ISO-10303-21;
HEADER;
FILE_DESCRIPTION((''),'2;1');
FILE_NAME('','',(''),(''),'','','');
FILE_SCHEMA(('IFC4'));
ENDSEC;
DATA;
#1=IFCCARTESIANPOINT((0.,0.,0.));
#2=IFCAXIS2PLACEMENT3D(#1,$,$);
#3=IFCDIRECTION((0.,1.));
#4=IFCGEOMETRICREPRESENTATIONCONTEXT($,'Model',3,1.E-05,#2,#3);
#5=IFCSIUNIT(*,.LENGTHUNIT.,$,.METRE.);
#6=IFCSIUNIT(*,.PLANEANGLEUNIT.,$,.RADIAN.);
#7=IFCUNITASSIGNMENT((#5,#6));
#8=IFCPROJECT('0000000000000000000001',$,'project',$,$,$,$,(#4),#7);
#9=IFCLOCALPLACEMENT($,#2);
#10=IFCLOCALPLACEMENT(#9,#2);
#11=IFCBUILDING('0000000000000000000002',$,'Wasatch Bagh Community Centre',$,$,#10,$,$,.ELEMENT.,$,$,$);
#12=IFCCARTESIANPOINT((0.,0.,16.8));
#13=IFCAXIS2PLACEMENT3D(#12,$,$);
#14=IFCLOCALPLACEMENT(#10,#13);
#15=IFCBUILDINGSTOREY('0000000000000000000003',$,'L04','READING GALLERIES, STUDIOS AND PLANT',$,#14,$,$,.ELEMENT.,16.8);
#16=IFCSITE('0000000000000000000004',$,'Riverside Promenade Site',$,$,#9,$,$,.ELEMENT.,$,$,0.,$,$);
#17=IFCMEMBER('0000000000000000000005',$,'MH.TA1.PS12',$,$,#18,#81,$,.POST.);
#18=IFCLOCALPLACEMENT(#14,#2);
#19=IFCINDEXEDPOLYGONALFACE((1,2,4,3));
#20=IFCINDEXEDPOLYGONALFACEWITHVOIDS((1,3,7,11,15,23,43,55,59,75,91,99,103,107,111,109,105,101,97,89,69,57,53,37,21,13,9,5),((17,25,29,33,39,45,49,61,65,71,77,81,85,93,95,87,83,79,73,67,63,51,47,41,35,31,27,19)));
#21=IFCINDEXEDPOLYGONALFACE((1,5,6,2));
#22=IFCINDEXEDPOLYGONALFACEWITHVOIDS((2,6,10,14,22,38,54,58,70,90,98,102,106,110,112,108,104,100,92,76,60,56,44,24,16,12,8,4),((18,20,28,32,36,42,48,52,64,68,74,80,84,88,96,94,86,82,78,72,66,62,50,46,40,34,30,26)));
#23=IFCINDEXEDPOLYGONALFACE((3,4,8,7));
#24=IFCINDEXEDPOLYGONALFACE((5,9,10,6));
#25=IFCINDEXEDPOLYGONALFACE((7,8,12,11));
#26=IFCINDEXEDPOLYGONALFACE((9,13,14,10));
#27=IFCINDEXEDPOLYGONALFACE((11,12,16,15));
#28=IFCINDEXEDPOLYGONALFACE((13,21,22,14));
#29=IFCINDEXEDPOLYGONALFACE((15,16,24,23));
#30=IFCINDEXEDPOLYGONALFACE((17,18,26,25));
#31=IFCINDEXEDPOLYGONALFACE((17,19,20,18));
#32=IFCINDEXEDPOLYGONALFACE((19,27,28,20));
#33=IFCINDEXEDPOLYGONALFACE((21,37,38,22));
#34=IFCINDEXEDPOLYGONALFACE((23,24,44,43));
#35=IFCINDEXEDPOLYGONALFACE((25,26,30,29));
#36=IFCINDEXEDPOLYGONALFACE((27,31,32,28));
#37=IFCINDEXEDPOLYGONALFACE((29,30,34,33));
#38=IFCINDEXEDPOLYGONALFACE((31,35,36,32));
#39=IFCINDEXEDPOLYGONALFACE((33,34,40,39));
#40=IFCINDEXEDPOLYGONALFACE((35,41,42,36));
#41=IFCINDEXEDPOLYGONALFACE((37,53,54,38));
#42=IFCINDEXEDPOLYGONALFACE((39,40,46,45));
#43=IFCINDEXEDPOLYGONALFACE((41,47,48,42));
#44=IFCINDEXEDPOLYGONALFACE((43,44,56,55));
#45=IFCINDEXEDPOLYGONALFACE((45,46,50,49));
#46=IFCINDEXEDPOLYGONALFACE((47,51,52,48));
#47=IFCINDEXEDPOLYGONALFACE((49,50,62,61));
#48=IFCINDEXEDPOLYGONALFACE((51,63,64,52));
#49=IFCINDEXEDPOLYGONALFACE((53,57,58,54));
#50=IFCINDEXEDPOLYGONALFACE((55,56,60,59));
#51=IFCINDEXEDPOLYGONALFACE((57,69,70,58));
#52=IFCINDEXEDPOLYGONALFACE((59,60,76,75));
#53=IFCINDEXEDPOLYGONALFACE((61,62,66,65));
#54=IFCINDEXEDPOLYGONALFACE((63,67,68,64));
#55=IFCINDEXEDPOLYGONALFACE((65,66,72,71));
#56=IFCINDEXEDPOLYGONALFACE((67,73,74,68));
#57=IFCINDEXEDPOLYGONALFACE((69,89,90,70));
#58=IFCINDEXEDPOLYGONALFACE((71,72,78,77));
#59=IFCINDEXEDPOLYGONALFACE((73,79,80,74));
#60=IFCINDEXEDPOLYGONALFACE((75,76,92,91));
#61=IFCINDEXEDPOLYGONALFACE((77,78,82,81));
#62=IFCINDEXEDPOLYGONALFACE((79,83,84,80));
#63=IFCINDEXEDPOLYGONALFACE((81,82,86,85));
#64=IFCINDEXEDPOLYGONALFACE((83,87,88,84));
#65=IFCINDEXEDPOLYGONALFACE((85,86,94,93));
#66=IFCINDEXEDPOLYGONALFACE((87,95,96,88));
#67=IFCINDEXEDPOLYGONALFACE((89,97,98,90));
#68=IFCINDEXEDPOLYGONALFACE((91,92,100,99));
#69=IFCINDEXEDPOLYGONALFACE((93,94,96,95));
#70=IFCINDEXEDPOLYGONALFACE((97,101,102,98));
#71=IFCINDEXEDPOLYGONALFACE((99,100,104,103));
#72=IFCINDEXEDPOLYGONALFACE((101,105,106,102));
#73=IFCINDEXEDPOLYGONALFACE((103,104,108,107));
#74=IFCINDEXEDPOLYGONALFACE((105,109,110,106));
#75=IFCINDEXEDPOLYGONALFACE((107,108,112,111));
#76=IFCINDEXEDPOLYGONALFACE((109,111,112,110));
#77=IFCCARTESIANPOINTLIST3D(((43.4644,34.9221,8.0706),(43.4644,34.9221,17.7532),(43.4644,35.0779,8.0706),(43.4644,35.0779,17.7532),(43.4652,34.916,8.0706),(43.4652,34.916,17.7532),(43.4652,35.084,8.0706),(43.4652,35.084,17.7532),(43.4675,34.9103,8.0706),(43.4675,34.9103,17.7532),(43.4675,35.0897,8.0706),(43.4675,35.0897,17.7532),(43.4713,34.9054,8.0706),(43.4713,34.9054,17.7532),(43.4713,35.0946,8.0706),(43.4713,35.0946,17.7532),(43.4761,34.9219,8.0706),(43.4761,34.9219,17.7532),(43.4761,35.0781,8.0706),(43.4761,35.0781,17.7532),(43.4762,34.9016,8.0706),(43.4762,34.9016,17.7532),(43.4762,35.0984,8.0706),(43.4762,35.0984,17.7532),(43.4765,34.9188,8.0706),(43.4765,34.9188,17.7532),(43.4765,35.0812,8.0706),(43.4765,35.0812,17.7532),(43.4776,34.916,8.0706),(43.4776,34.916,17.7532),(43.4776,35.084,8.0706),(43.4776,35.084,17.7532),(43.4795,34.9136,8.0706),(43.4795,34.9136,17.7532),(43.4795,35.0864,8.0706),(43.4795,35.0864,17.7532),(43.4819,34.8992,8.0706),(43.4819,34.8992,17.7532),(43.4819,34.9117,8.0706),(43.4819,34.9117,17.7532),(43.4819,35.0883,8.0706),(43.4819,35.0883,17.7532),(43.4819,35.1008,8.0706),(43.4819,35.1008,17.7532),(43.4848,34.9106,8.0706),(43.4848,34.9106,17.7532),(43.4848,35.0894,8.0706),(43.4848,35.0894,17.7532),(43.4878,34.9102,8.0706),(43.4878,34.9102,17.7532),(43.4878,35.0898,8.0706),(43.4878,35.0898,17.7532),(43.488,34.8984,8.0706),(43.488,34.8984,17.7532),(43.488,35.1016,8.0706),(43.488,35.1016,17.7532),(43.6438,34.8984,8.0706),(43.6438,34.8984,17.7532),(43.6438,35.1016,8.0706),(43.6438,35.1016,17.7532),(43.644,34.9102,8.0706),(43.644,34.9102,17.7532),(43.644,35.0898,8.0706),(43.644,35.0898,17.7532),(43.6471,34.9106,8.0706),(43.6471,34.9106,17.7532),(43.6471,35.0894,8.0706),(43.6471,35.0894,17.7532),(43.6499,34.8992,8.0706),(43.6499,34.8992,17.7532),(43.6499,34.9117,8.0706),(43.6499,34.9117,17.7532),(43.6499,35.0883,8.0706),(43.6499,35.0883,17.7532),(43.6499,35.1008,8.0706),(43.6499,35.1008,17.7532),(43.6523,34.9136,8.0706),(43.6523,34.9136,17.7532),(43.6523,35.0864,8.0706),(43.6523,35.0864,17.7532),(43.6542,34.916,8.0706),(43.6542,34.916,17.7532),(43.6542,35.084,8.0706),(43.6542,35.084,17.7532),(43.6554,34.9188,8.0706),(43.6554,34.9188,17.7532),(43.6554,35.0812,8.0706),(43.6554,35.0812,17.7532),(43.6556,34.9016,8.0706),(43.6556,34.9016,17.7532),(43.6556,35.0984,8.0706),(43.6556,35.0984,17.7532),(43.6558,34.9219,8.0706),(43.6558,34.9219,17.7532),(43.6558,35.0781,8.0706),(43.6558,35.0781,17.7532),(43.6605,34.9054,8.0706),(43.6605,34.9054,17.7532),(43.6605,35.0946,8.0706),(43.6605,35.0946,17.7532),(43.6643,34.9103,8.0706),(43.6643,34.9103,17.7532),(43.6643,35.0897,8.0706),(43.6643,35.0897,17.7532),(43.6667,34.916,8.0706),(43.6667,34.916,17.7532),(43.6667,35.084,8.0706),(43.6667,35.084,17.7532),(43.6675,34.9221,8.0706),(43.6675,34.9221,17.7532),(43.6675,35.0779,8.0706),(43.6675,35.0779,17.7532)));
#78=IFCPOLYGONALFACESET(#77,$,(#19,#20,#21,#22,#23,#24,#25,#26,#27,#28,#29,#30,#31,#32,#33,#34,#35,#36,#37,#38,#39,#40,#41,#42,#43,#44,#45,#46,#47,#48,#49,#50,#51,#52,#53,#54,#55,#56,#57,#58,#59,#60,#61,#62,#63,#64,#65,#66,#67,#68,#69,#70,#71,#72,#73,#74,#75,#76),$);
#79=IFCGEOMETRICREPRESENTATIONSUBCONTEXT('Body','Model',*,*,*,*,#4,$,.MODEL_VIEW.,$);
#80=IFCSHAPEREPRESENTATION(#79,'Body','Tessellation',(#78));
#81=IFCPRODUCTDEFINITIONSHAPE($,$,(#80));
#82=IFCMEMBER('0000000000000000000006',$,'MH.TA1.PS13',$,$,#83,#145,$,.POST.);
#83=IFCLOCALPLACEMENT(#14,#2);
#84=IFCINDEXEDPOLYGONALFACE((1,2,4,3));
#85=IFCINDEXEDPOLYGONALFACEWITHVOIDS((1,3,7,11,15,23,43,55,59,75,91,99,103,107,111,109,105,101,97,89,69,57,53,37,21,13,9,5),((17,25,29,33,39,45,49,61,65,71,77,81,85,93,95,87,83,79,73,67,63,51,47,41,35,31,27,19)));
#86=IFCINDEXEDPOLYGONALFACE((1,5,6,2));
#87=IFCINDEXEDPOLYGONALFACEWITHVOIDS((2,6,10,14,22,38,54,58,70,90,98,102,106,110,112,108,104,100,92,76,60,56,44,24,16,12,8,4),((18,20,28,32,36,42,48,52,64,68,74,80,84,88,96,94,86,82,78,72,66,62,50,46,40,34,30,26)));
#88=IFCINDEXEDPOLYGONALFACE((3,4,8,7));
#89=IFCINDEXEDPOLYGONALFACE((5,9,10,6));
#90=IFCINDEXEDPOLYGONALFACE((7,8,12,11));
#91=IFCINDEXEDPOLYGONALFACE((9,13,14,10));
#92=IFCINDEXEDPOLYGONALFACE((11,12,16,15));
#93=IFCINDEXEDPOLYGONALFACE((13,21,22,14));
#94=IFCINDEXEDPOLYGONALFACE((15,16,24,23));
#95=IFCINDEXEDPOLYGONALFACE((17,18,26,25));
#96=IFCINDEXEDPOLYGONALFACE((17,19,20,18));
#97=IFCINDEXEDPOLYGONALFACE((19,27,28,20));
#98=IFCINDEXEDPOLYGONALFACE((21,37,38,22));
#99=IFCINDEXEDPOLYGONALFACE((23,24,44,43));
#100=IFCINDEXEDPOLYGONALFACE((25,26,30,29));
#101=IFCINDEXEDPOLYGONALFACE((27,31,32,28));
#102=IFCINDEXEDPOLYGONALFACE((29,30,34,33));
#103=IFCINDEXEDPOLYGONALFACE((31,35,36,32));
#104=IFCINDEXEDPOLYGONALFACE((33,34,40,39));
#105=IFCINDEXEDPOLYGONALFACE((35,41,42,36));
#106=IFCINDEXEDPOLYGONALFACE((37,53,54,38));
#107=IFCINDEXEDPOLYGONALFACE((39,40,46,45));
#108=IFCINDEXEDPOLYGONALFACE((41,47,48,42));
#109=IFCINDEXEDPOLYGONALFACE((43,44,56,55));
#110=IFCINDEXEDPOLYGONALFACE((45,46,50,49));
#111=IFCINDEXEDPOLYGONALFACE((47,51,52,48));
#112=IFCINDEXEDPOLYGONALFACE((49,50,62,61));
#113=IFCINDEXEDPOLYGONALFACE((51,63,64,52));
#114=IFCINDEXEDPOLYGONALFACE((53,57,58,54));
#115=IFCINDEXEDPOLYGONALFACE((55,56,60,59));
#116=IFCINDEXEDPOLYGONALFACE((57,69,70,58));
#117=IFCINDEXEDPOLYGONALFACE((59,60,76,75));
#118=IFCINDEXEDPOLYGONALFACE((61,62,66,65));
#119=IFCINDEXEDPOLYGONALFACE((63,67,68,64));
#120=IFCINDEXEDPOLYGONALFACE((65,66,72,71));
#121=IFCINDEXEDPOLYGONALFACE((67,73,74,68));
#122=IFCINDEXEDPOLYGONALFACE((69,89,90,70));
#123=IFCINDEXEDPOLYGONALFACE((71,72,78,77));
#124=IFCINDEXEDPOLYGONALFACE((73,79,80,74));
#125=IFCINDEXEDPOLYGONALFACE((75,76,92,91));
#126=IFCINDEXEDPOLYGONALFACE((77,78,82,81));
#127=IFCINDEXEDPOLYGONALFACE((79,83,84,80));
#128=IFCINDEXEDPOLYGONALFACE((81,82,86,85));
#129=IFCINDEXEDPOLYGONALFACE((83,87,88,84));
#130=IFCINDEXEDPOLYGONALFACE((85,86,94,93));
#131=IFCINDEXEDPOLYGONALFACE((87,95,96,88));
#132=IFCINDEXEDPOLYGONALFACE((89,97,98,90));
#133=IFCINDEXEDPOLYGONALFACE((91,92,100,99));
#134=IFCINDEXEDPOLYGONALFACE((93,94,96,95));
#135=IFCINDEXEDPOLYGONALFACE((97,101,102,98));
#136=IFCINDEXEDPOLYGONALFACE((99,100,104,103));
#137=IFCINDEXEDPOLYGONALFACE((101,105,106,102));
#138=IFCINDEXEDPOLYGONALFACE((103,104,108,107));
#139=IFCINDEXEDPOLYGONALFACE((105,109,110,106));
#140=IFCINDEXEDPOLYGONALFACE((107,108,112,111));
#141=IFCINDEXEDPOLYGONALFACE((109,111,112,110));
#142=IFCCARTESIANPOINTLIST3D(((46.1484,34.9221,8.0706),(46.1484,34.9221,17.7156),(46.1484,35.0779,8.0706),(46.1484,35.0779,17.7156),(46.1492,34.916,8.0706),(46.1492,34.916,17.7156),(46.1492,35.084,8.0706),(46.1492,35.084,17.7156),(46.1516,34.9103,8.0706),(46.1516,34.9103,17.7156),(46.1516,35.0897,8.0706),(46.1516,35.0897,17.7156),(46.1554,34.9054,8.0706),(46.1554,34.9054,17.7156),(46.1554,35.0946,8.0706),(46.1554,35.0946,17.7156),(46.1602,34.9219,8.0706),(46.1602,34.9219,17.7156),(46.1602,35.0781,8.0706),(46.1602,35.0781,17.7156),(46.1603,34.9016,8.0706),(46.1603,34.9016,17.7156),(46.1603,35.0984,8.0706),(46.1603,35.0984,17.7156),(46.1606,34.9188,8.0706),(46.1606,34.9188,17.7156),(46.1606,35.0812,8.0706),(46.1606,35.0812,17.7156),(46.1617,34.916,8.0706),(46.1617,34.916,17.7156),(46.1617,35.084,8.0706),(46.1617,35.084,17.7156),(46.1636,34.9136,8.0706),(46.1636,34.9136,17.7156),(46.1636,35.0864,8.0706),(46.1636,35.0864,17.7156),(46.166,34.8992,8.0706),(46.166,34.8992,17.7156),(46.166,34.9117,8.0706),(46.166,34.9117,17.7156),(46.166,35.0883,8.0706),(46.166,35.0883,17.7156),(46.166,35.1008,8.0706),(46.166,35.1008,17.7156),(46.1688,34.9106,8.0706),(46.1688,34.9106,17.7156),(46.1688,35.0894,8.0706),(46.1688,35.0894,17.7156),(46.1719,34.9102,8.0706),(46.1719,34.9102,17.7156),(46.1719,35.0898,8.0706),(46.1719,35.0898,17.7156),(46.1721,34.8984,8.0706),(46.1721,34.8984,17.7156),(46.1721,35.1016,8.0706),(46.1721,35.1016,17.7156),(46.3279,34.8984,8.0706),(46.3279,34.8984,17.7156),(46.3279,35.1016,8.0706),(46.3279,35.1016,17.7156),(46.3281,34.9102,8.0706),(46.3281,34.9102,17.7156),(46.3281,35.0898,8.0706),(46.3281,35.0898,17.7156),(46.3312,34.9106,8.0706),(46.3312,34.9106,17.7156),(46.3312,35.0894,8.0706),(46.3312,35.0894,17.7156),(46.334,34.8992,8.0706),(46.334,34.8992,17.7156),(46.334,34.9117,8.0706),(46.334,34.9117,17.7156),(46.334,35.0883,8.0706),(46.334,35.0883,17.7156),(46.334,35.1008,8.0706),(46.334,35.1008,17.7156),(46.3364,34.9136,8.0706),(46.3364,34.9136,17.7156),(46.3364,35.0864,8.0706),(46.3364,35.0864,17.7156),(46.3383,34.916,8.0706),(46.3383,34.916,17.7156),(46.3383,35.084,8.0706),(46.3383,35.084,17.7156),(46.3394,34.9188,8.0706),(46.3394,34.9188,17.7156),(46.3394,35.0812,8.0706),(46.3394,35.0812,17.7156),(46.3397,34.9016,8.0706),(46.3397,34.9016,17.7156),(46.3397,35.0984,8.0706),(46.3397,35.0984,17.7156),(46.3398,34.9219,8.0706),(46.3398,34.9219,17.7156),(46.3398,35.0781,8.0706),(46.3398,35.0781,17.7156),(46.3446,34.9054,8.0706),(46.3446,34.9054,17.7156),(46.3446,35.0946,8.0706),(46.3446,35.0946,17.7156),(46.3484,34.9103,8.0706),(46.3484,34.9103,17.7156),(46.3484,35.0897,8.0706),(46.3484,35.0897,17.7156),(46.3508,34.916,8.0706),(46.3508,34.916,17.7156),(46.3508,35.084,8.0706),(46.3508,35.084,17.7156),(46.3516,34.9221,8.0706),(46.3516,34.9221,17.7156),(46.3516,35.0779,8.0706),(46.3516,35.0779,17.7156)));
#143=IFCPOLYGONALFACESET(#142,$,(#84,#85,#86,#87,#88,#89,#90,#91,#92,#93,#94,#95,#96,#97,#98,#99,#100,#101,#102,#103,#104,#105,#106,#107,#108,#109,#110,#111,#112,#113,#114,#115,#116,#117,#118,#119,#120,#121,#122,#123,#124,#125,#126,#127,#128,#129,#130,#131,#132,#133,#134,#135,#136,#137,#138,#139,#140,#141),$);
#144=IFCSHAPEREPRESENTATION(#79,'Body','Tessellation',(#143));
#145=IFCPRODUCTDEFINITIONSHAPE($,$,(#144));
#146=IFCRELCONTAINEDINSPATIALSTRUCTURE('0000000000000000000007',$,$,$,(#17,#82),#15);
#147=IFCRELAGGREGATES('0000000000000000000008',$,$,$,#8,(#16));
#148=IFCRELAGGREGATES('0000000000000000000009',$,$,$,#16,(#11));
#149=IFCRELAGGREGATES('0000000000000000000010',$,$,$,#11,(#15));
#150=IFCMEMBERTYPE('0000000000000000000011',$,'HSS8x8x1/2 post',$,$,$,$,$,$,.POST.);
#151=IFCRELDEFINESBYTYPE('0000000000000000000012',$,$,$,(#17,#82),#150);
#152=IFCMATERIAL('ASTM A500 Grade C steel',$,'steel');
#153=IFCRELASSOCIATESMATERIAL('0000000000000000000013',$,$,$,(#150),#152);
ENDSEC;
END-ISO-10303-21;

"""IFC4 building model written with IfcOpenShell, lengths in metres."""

from ifc_helpers import new_model, si_unit, direction, frame, origin, origin_2d, place, context, subcontext, project, spatial, hollow_rectangle, extrude, material, material_profile, profile_set, type_object, element, save


model = new_model("IFC4")

# Units and contexts
model_context = context("Model", 3, precision=1e-05, world=origin(), true_north=direction((0.0, 1.0)))
body_context = subcontext(model_context, "Body", "Model", "MODEL_VIEW")
ifc_project = project(units=[si_unit("LENGTHUNIT", "METRE"), si_unit("PLANEANGLEUNIT", "RADIAN")], contexts=[model_context])

# Site, building, storey
site_placement = place(None, origin())
site = spatial("IfcSite", under=ifc_project, at=site_placement, Name="Riverside Promenade Site", CompositionType="ELEMENT", RefElevation=0.0)
building_placement = place(site_placement, origin())
building = spatial("IfcBuilding", under=site, at=building_placement, Name="Wasatch Bagh Community Centre", CompositionType="ELEMENT")
storey_placement = place(building_placement, frame((0.0, 0.0, 16.8)))
storey = spatial("IfcBuildingStorey", under=building, at=storey_placement, Name="L04", Description="READING GALLERIES, STUDIOS AND PLANT", CompositionType="ELEMENT", Elevation=16.8)

# Members
ifc_material_1 = material(Name="ASTM A500 Grade C steel", Category="steel")
ifc_material_profile_1 = material_profile(ifc_material_1, hollow_rectangle(XDim=0.2031, YDim=0.2031, WallThickness=0.0117, InnerFilletRadius=0.0117, OuterFilletRadius=0.0237, at=origin_2d()), Name="HSS8x8x1/2")
ifc_profile_set_1 = profile_set([ifc_material_profile_1], Name="ASTM A500 Grade C steel")
member_type_1 = type_object("IfcMemberType", Name="HSS8x8x1/2 post", PredefinedType="POST", material=ifc_profile_set_1)
member_1_placement = place(storey_placement, frame((43.5659, 35.0, 8.0706), z_axis=(0.0, 0.0, 1.0), x_axis=(1.0, 0.0, 0.0)))
element("IfcMember", 1, at=member_1_placement, inside=storey, type_object=member_type_1, Name="MH.TA1.PS12", PredefinedType="POST", context=body_context, shape_type="SweptSolid", body=[
    extrude(hollow_rectangle(XDim=0.2031, YDim=0.2031, WallThickness=0.0117, InnerFilletRadius=0.0117, OuterFilletRadius=0.0237, at=origin_2d()), origin(), (0.0, 0.0, 1.0), 9.6826),
])
member_2_placement = place(storey_placement, frame((46.25, 35.0, 8.0706), z_axis=(0.0, 0.0, 1.0), x_axis=(1.0, 0.0, 0.0)))
element("IfcMember", 2, at=member_2_placement, inside=storey, type_object=member_type_1, Name="MH.TA1.PS13", PredefinedType="POST", context=body_context, shape_type="SweptSolid", body=[
    extrude(hollow_rectangle(XDim=0.2031, YDim=0.2031, WallThickness=0.0117, InnerFilletRadius=0.0117, OuterFilletRadius=0.0237, at=origin_2d()), origin(), (0.0, 0.0, 1.0), 9.645),
])

save(model, "model.ifc")
